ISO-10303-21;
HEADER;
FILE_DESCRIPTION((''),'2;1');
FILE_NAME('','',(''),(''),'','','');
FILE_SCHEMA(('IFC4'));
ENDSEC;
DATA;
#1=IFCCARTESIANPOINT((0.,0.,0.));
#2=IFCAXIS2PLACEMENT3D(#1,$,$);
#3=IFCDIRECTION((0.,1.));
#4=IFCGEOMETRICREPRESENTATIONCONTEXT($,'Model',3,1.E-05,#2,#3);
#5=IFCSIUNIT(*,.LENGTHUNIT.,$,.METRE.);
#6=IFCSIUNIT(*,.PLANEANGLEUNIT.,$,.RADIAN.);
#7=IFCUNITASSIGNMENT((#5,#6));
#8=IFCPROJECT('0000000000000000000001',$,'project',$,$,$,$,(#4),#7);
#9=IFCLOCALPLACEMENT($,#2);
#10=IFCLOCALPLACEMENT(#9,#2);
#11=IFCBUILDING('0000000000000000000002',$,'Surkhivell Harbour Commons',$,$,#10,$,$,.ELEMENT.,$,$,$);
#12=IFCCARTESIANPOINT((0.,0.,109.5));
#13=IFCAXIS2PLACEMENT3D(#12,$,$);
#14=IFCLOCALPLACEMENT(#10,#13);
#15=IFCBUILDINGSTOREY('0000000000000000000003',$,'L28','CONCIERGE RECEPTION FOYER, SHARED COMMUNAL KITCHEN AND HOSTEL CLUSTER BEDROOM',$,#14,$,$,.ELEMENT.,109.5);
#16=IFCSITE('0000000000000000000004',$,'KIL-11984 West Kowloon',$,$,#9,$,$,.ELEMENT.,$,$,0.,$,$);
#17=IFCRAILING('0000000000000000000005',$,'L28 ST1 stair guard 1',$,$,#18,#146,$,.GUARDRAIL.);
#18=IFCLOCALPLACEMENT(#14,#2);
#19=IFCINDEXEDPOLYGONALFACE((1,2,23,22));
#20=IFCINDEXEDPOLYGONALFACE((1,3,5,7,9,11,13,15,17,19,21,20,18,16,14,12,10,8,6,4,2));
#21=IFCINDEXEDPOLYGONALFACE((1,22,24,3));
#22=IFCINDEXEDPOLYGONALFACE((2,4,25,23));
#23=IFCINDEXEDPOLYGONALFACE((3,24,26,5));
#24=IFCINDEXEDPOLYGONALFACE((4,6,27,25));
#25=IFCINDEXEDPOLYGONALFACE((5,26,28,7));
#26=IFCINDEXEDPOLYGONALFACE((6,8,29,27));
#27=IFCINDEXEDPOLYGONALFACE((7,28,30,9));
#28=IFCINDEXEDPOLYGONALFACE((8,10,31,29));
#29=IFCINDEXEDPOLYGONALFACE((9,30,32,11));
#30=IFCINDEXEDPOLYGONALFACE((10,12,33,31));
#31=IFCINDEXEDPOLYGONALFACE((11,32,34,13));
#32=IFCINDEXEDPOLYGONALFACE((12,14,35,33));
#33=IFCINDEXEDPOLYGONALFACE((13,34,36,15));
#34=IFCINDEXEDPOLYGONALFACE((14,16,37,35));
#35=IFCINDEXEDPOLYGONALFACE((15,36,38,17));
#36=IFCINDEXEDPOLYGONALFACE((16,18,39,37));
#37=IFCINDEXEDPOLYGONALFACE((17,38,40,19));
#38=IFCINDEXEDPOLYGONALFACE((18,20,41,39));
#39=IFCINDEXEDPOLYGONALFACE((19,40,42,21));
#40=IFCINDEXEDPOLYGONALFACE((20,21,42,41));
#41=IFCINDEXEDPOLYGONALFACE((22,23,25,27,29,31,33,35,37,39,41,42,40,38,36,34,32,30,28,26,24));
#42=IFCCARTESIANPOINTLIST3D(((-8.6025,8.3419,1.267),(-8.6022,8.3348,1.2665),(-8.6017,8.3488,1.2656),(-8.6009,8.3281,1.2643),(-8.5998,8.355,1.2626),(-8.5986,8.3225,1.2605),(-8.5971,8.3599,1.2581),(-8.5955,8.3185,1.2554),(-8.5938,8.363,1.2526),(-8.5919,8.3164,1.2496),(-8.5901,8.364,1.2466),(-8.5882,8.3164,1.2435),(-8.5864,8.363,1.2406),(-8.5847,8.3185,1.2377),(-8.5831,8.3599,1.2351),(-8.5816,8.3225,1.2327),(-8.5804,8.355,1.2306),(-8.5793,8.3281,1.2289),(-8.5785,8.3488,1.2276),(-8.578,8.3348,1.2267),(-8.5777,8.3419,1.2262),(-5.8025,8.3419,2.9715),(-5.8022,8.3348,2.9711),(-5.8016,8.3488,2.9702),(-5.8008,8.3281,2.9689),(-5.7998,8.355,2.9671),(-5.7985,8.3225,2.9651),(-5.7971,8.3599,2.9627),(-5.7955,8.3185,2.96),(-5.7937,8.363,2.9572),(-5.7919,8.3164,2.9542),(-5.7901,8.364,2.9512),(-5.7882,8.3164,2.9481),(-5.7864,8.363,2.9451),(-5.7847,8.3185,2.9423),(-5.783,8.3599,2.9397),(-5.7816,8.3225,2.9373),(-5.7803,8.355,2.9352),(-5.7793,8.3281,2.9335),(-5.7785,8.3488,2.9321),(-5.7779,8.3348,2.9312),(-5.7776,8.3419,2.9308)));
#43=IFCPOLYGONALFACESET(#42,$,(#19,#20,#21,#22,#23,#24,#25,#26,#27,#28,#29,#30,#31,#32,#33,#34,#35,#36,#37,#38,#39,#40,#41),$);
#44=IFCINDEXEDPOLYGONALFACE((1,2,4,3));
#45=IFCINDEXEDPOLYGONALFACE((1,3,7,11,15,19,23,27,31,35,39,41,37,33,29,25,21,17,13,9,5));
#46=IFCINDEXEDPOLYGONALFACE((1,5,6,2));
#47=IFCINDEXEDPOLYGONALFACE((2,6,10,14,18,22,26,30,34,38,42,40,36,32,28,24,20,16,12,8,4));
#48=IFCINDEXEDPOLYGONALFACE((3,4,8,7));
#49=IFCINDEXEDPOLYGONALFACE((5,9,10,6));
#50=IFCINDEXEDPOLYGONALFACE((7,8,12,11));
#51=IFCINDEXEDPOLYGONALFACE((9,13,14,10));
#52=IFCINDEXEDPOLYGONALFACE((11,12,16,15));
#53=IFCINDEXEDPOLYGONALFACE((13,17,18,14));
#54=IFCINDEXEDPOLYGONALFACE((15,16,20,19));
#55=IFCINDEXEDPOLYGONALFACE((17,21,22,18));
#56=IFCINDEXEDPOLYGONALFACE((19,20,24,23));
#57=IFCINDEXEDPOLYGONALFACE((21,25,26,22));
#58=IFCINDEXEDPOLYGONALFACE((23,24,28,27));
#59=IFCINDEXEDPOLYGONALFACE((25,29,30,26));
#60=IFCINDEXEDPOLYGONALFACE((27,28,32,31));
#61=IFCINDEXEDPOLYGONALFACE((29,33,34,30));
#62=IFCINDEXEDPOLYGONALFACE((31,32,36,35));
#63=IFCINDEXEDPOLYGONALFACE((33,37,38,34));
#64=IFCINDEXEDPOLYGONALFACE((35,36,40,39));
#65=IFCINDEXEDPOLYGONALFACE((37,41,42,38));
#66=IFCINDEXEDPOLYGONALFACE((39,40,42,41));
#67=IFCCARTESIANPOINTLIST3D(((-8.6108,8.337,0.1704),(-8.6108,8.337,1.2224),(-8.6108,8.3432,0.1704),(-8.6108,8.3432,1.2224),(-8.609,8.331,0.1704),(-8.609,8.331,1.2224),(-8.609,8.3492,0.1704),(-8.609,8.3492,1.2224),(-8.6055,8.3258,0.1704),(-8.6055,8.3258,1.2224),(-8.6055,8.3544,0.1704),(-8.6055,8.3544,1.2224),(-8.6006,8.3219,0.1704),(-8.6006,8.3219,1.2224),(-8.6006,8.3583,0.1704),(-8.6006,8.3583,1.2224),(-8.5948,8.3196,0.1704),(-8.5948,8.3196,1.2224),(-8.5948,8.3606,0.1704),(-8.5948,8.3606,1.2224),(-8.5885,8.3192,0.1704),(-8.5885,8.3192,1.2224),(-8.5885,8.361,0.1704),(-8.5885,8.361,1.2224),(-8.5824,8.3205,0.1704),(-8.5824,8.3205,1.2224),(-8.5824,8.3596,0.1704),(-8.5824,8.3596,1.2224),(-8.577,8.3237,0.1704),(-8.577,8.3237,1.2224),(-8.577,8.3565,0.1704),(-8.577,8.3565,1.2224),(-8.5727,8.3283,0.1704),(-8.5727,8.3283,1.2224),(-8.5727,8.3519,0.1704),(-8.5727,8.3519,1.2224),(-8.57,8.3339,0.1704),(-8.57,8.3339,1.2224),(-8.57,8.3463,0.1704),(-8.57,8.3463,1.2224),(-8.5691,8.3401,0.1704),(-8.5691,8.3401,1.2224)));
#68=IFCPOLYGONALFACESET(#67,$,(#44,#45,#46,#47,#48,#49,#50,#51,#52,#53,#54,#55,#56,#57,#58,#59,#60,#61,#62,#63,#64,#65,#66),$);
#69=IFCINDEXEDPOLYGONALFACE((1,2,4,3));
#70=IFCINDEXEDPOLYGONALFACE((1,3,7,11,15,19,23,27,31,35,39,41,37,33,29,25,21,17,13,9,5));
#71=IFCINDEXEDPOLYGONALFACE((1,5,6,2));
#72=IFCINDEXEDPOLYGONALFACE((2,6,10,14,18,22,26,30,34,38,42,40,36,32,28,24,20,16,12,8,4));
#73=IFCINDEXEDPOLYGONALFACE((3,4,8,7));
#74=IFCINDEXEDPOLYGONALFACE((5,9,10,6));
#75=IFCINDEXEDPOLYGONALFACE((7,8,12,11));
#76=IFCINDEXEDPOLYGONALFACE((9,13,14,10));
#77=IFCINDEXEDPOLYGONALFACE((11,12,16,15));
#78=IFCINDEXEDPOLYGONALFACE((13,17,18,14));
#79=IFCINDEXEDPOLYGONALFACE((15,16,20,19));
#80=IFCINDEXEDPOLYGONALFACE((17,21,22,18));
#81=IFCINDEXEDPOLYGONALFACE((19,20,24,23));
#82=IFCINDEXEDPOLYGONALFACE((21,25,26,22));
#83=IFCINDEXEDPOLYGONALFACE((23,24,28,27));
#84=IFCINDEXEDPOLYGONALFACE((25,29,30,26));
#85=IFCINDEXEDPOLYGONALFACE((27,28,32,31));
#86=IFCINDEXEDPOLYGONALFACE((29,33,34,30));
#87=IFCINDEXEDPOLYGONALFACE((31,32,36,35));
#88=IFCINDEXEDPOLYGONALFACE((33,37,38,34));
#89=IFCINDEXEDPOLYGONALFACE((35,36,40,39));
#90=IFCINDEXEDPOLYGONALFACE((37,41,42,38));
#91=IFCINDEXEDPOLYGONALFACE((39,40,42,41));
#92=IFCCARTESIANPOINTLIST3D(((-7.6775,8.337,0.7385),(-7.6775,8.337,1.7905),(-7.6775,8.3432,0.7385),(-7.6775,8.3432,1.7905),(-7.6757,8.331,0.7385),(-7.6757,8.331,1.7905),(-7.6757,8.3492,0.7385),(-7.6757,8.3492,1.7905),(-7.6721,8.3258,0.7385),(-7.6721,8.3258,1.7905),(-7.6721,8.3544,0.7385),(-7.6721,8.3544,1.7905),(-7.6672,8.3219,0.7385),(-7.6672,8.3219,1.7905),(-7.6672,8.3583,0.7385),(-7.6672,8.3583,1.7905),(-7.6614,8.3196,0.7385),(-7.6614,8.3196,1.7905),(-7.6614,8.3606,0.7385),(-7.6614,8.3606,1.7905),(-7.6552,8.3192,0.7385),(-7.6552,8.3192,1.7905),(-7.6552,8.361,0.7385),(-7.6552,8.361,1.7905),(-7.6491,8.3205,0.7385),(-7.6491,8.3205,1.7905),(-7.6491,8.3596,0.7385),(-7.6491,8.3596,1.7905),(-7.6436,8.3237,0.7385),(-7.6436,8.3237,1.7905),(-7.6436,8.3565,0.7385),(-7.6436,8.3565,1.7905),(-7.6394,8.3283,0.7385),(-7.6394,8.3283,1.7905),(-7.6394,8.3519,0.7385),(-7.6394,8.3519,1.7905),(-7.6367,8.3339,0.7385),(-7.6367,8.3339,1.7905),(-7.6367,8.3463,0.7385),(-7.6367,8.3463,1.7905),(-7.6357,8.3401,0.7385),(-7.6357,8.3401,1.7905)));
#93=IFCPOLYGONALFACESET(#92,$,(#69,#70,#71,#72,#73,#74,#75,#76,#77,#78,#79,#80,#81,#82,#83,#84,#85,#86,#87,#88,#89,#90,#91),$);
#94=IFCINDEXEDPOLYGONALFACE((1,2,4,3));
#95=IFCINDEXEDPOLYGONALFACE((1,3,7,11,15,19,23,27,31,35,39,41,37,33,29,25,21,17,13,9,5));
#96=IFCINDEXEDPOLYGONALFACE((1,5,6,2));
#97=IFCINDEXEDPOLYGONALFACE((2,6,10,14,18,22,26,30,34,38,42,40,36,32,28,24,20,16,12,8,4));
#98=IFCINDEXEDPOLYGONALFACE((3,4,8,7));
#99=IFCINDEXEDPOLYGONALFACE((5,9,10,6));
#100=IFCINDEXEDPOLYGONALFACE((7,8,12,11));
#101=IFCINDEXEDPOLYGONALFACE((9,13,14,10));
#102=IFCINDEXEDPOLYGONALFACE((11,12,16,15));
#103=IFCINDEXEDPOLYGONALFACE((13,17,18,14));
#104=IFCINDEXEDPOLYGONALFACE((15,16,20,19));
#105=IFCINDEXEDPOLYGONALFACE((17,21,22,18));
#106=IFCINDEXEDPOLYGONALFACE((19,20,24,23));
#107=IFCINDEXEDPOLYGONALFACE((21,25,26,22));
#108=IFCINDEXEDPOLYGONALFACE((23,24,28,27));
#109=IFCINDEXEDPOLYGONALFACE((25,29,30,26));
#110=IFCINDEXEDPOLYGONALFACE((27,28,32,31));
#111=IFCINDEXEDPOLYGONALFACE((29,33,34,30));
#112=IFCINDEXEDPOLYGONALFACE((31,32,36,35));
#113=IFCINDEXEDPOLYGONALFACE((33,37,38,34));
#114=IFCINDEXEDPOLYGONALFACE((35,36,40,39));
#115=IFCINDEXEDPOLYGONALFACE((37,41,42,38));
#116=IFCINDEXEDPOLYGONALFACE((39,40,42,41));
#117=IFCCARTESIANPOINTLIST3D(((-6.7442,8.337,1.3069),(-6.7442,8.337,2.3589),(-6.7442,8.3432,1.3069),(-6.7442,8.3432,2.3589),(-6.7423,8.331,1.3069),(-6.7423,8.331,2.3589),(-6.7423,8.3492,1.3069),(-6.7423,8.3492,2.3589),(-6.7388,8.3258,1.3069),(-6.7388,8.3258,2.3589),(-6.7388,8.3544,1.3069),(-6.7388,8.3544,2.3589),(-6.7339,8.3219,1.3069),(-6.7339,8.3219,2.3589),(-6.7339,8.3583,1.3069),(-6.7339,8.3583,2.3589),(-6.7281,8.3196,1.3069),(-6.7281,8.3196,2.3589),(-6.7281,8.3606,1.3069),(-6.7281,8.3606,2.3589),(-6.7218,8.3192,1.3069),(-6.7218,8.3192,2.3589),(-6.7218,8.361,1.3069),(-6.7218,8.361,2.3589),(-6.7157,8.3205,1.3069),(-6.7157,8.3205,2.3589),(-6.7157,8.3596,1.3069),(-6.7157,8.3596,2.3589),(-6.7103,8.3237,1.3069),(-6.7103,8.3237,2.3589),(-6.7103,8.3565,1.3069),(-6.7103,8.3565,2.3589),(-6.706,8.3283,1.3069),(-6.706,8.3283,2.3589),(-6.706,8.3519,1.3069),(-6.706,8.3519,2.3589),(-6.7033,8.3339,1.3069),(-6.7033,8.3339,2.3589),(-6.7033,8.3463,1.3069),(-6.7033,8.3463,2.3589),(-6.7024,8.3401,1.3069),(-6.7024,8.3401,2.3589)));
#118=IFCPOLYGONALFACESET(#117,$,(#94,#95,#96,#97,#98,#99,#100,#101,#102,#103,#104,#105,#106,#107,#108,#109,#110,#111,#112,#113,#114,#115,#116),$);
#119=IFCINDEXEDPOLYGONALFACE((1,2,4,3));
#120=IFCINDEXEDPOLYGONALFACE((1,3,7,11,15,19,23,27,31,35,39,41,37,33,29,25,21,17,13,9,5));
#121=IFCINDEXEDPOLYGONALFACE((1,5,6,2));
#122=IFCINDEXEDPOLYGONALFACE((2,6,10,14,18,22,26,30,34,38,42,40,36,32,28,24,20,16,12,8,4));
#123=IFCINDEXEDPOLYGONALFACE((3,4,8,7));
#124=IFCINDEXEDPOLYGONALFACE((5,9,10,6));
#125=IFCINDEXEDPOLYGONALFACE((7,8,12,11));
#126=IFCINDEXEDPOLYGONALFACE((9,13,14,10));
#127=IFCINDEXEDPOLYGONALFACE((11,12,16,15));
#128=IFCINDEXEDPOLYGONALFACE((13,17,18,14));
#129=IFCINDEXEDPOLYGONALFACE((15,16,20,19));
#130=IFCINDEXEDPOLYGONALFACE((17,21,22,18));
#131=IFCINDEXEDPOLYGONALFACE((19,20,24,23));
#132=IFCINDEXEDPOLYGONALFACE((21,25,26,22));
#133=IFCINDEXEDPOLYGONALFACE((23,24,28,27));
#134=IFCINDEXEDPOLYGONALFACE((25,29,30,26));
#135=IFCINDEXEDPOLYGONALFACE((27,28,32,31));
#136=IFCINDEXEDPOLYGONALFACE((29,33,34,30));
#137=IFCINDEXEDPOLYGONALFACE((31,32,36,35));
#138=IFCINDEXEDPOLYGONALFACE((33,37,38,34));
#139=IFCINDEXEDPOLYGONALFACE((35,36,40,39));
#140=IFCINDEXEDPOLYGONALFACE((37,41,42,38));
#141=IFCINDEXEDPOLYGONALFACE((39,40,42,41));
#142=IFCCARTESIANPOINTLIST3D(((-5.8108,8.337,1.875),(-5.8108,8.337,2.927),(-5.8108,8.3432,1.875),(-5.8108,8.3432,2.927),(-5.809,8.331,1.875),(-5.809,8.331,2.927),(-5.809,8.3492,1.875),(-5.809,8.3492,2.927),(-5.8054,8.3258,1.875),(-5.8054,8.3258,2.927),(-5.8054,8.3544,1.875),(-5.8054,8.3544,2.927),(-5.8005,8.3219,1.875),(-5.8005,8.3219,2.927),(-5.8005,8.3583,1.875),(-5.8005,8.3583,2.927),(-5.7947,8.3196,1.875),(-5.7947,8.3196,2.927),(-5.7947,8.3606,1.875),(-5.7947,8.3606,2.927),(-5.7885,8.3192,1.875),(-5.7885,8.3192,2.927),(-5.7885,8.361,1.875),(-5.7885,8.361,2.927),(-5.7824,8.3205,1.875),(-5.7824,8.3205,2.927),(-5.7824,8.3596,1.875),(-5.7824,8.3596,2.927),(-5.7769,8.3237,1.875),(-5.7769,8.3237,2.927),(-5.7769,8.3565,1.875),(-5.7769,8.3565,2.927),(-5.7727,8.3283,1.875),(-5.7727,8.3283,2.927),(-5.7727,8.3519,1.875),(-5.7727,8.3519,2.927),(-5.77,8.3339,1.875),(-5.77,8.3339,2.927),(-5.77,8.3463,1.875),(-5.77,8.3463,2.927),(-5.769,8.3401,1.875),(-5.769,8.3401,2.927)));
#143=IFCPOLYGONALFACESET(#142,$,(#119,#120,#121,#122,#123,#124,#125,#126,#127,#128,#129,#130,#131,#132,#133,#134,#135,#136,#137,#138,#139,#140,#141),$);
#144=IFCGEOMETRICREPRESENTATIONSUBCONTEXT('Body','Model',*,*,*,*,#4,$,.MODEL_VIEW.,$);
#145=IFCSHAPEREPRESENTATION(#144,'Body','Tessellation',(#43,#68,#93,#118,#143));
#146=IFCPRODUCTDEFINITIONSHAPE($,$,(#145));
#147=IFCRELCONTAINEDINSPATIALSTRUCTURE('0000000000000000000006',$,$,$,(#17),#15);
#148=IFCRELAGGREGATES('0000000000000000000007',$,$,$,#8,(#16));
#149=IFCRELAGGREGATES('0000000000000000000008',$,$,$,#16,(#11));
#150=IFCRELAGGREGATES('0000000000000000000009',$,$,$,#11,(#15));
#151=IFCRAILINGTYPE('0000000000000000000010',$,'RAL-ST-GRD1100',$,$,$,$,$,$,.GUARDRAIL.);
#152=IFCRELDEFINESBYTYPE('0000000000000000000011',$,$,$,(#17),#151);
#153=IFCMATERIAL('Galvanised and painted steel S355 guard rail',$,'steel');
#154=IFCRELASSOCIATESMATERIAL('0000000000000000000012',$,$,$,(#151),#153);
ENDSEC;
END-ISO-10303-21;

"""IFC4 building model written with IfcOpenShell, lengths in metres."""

from ifc_helpers import new_model, si_unit, direction, frame, origin, origin_2d, place, context, subcontext, project, spatial, circle, extrude, material, type_object, element, save


model = new_model("IFC4")

# Units and contexts
model_context = context("Model", 3, precision=1e-05, world=origin(), true_north=direction((0.0, 1.0)))
body_context = subcontext(model_context, "Body", "Model", "MODEL_VIEW")
ifc_project = project(units=[si_unit("LENGTHUNIT", "METRE"), si_unit("PLANEANGLEUNIT", "RADIAN")], contexts=[model_context])

# Site, building, storey
site_placement = place(None, origin())
site = spatial("IfcSite", under=ifc_project, at=site_placement, Name="KIL-11984 West Kowloon", CompositionType="ELEMENT", RefElevation=0.0)
building_placement = place(site_placement, origin())
building = spatial("IfcBuilding", under=site, at=building_placement, Name="Surkhivell Harbour Commons", CompositionType="ELEMENT")
storey_placement = place(building_placement, frame((0.0, 0.0, 109.5)))
storey = spatial("IfcBuildingStorey", under=building, at=storey_placement, Name="L28", Description="CONCIERGE RECEPTION FOYER, SHARED COMMUNAL KITCHEN AND HOSTEL CLUSTER BEDROOM", CompositionType="ELEMENT", Elevation=109.5)

# Railing
ifc_material_1 = material(Name="Galvanised and painted steel S355 guard rail", Category="steel")
railing_type_1 = type_object("IfcRailingType", Name="RAL-ST-GRD1100", PredefinedType="GUARDRAIL", material=ifc_material_1)
railing_1_placement = place(storey_placement, frame((-8.5901, 8.3401, 0.1704)))
element("IfcRailing", 1, at=railing_1_placement, inside=storey, type_object=railing_type_1, Name="L28 ST1 stair guard 1", PredefinedType="GUARDRAIL", context=body_context, shape_type="SweptSolid", body=[
    extrude(circle(Radius=0.0239, at=origin_2d()), frame((0.0, 0.0, 1.0762), z_axis=(0.85417, 0.0, 0.519994), x_axis=(0.0, 1.0, 0.0)), (0.0, 0.0, 1.0), 3.2781),
    extrude(circle(Radius=0.021, at=origin_2d()), origin(), (0.0, 0.0, 1.0), 1.052),
    extrude(circle(Radius=0.021, at=origin_2d()), frame((0.9333, 0.0, 0.5681)), (0.0, 0.0, 1.0), 1.052),
    extrude(circle(Radius=0.021, at=origin_2d()), frame((1.8667, 0.0, 1.1365)), (0.0, 0.0, 1.0), 1.052),
    extrude(circle(Radius=0.021, at=origin_2d()), frame((2.8, 0.0, 1.7046)), (0.0, 0.0, 1.0), 1.052),
])

save(model, "model.ifc")
